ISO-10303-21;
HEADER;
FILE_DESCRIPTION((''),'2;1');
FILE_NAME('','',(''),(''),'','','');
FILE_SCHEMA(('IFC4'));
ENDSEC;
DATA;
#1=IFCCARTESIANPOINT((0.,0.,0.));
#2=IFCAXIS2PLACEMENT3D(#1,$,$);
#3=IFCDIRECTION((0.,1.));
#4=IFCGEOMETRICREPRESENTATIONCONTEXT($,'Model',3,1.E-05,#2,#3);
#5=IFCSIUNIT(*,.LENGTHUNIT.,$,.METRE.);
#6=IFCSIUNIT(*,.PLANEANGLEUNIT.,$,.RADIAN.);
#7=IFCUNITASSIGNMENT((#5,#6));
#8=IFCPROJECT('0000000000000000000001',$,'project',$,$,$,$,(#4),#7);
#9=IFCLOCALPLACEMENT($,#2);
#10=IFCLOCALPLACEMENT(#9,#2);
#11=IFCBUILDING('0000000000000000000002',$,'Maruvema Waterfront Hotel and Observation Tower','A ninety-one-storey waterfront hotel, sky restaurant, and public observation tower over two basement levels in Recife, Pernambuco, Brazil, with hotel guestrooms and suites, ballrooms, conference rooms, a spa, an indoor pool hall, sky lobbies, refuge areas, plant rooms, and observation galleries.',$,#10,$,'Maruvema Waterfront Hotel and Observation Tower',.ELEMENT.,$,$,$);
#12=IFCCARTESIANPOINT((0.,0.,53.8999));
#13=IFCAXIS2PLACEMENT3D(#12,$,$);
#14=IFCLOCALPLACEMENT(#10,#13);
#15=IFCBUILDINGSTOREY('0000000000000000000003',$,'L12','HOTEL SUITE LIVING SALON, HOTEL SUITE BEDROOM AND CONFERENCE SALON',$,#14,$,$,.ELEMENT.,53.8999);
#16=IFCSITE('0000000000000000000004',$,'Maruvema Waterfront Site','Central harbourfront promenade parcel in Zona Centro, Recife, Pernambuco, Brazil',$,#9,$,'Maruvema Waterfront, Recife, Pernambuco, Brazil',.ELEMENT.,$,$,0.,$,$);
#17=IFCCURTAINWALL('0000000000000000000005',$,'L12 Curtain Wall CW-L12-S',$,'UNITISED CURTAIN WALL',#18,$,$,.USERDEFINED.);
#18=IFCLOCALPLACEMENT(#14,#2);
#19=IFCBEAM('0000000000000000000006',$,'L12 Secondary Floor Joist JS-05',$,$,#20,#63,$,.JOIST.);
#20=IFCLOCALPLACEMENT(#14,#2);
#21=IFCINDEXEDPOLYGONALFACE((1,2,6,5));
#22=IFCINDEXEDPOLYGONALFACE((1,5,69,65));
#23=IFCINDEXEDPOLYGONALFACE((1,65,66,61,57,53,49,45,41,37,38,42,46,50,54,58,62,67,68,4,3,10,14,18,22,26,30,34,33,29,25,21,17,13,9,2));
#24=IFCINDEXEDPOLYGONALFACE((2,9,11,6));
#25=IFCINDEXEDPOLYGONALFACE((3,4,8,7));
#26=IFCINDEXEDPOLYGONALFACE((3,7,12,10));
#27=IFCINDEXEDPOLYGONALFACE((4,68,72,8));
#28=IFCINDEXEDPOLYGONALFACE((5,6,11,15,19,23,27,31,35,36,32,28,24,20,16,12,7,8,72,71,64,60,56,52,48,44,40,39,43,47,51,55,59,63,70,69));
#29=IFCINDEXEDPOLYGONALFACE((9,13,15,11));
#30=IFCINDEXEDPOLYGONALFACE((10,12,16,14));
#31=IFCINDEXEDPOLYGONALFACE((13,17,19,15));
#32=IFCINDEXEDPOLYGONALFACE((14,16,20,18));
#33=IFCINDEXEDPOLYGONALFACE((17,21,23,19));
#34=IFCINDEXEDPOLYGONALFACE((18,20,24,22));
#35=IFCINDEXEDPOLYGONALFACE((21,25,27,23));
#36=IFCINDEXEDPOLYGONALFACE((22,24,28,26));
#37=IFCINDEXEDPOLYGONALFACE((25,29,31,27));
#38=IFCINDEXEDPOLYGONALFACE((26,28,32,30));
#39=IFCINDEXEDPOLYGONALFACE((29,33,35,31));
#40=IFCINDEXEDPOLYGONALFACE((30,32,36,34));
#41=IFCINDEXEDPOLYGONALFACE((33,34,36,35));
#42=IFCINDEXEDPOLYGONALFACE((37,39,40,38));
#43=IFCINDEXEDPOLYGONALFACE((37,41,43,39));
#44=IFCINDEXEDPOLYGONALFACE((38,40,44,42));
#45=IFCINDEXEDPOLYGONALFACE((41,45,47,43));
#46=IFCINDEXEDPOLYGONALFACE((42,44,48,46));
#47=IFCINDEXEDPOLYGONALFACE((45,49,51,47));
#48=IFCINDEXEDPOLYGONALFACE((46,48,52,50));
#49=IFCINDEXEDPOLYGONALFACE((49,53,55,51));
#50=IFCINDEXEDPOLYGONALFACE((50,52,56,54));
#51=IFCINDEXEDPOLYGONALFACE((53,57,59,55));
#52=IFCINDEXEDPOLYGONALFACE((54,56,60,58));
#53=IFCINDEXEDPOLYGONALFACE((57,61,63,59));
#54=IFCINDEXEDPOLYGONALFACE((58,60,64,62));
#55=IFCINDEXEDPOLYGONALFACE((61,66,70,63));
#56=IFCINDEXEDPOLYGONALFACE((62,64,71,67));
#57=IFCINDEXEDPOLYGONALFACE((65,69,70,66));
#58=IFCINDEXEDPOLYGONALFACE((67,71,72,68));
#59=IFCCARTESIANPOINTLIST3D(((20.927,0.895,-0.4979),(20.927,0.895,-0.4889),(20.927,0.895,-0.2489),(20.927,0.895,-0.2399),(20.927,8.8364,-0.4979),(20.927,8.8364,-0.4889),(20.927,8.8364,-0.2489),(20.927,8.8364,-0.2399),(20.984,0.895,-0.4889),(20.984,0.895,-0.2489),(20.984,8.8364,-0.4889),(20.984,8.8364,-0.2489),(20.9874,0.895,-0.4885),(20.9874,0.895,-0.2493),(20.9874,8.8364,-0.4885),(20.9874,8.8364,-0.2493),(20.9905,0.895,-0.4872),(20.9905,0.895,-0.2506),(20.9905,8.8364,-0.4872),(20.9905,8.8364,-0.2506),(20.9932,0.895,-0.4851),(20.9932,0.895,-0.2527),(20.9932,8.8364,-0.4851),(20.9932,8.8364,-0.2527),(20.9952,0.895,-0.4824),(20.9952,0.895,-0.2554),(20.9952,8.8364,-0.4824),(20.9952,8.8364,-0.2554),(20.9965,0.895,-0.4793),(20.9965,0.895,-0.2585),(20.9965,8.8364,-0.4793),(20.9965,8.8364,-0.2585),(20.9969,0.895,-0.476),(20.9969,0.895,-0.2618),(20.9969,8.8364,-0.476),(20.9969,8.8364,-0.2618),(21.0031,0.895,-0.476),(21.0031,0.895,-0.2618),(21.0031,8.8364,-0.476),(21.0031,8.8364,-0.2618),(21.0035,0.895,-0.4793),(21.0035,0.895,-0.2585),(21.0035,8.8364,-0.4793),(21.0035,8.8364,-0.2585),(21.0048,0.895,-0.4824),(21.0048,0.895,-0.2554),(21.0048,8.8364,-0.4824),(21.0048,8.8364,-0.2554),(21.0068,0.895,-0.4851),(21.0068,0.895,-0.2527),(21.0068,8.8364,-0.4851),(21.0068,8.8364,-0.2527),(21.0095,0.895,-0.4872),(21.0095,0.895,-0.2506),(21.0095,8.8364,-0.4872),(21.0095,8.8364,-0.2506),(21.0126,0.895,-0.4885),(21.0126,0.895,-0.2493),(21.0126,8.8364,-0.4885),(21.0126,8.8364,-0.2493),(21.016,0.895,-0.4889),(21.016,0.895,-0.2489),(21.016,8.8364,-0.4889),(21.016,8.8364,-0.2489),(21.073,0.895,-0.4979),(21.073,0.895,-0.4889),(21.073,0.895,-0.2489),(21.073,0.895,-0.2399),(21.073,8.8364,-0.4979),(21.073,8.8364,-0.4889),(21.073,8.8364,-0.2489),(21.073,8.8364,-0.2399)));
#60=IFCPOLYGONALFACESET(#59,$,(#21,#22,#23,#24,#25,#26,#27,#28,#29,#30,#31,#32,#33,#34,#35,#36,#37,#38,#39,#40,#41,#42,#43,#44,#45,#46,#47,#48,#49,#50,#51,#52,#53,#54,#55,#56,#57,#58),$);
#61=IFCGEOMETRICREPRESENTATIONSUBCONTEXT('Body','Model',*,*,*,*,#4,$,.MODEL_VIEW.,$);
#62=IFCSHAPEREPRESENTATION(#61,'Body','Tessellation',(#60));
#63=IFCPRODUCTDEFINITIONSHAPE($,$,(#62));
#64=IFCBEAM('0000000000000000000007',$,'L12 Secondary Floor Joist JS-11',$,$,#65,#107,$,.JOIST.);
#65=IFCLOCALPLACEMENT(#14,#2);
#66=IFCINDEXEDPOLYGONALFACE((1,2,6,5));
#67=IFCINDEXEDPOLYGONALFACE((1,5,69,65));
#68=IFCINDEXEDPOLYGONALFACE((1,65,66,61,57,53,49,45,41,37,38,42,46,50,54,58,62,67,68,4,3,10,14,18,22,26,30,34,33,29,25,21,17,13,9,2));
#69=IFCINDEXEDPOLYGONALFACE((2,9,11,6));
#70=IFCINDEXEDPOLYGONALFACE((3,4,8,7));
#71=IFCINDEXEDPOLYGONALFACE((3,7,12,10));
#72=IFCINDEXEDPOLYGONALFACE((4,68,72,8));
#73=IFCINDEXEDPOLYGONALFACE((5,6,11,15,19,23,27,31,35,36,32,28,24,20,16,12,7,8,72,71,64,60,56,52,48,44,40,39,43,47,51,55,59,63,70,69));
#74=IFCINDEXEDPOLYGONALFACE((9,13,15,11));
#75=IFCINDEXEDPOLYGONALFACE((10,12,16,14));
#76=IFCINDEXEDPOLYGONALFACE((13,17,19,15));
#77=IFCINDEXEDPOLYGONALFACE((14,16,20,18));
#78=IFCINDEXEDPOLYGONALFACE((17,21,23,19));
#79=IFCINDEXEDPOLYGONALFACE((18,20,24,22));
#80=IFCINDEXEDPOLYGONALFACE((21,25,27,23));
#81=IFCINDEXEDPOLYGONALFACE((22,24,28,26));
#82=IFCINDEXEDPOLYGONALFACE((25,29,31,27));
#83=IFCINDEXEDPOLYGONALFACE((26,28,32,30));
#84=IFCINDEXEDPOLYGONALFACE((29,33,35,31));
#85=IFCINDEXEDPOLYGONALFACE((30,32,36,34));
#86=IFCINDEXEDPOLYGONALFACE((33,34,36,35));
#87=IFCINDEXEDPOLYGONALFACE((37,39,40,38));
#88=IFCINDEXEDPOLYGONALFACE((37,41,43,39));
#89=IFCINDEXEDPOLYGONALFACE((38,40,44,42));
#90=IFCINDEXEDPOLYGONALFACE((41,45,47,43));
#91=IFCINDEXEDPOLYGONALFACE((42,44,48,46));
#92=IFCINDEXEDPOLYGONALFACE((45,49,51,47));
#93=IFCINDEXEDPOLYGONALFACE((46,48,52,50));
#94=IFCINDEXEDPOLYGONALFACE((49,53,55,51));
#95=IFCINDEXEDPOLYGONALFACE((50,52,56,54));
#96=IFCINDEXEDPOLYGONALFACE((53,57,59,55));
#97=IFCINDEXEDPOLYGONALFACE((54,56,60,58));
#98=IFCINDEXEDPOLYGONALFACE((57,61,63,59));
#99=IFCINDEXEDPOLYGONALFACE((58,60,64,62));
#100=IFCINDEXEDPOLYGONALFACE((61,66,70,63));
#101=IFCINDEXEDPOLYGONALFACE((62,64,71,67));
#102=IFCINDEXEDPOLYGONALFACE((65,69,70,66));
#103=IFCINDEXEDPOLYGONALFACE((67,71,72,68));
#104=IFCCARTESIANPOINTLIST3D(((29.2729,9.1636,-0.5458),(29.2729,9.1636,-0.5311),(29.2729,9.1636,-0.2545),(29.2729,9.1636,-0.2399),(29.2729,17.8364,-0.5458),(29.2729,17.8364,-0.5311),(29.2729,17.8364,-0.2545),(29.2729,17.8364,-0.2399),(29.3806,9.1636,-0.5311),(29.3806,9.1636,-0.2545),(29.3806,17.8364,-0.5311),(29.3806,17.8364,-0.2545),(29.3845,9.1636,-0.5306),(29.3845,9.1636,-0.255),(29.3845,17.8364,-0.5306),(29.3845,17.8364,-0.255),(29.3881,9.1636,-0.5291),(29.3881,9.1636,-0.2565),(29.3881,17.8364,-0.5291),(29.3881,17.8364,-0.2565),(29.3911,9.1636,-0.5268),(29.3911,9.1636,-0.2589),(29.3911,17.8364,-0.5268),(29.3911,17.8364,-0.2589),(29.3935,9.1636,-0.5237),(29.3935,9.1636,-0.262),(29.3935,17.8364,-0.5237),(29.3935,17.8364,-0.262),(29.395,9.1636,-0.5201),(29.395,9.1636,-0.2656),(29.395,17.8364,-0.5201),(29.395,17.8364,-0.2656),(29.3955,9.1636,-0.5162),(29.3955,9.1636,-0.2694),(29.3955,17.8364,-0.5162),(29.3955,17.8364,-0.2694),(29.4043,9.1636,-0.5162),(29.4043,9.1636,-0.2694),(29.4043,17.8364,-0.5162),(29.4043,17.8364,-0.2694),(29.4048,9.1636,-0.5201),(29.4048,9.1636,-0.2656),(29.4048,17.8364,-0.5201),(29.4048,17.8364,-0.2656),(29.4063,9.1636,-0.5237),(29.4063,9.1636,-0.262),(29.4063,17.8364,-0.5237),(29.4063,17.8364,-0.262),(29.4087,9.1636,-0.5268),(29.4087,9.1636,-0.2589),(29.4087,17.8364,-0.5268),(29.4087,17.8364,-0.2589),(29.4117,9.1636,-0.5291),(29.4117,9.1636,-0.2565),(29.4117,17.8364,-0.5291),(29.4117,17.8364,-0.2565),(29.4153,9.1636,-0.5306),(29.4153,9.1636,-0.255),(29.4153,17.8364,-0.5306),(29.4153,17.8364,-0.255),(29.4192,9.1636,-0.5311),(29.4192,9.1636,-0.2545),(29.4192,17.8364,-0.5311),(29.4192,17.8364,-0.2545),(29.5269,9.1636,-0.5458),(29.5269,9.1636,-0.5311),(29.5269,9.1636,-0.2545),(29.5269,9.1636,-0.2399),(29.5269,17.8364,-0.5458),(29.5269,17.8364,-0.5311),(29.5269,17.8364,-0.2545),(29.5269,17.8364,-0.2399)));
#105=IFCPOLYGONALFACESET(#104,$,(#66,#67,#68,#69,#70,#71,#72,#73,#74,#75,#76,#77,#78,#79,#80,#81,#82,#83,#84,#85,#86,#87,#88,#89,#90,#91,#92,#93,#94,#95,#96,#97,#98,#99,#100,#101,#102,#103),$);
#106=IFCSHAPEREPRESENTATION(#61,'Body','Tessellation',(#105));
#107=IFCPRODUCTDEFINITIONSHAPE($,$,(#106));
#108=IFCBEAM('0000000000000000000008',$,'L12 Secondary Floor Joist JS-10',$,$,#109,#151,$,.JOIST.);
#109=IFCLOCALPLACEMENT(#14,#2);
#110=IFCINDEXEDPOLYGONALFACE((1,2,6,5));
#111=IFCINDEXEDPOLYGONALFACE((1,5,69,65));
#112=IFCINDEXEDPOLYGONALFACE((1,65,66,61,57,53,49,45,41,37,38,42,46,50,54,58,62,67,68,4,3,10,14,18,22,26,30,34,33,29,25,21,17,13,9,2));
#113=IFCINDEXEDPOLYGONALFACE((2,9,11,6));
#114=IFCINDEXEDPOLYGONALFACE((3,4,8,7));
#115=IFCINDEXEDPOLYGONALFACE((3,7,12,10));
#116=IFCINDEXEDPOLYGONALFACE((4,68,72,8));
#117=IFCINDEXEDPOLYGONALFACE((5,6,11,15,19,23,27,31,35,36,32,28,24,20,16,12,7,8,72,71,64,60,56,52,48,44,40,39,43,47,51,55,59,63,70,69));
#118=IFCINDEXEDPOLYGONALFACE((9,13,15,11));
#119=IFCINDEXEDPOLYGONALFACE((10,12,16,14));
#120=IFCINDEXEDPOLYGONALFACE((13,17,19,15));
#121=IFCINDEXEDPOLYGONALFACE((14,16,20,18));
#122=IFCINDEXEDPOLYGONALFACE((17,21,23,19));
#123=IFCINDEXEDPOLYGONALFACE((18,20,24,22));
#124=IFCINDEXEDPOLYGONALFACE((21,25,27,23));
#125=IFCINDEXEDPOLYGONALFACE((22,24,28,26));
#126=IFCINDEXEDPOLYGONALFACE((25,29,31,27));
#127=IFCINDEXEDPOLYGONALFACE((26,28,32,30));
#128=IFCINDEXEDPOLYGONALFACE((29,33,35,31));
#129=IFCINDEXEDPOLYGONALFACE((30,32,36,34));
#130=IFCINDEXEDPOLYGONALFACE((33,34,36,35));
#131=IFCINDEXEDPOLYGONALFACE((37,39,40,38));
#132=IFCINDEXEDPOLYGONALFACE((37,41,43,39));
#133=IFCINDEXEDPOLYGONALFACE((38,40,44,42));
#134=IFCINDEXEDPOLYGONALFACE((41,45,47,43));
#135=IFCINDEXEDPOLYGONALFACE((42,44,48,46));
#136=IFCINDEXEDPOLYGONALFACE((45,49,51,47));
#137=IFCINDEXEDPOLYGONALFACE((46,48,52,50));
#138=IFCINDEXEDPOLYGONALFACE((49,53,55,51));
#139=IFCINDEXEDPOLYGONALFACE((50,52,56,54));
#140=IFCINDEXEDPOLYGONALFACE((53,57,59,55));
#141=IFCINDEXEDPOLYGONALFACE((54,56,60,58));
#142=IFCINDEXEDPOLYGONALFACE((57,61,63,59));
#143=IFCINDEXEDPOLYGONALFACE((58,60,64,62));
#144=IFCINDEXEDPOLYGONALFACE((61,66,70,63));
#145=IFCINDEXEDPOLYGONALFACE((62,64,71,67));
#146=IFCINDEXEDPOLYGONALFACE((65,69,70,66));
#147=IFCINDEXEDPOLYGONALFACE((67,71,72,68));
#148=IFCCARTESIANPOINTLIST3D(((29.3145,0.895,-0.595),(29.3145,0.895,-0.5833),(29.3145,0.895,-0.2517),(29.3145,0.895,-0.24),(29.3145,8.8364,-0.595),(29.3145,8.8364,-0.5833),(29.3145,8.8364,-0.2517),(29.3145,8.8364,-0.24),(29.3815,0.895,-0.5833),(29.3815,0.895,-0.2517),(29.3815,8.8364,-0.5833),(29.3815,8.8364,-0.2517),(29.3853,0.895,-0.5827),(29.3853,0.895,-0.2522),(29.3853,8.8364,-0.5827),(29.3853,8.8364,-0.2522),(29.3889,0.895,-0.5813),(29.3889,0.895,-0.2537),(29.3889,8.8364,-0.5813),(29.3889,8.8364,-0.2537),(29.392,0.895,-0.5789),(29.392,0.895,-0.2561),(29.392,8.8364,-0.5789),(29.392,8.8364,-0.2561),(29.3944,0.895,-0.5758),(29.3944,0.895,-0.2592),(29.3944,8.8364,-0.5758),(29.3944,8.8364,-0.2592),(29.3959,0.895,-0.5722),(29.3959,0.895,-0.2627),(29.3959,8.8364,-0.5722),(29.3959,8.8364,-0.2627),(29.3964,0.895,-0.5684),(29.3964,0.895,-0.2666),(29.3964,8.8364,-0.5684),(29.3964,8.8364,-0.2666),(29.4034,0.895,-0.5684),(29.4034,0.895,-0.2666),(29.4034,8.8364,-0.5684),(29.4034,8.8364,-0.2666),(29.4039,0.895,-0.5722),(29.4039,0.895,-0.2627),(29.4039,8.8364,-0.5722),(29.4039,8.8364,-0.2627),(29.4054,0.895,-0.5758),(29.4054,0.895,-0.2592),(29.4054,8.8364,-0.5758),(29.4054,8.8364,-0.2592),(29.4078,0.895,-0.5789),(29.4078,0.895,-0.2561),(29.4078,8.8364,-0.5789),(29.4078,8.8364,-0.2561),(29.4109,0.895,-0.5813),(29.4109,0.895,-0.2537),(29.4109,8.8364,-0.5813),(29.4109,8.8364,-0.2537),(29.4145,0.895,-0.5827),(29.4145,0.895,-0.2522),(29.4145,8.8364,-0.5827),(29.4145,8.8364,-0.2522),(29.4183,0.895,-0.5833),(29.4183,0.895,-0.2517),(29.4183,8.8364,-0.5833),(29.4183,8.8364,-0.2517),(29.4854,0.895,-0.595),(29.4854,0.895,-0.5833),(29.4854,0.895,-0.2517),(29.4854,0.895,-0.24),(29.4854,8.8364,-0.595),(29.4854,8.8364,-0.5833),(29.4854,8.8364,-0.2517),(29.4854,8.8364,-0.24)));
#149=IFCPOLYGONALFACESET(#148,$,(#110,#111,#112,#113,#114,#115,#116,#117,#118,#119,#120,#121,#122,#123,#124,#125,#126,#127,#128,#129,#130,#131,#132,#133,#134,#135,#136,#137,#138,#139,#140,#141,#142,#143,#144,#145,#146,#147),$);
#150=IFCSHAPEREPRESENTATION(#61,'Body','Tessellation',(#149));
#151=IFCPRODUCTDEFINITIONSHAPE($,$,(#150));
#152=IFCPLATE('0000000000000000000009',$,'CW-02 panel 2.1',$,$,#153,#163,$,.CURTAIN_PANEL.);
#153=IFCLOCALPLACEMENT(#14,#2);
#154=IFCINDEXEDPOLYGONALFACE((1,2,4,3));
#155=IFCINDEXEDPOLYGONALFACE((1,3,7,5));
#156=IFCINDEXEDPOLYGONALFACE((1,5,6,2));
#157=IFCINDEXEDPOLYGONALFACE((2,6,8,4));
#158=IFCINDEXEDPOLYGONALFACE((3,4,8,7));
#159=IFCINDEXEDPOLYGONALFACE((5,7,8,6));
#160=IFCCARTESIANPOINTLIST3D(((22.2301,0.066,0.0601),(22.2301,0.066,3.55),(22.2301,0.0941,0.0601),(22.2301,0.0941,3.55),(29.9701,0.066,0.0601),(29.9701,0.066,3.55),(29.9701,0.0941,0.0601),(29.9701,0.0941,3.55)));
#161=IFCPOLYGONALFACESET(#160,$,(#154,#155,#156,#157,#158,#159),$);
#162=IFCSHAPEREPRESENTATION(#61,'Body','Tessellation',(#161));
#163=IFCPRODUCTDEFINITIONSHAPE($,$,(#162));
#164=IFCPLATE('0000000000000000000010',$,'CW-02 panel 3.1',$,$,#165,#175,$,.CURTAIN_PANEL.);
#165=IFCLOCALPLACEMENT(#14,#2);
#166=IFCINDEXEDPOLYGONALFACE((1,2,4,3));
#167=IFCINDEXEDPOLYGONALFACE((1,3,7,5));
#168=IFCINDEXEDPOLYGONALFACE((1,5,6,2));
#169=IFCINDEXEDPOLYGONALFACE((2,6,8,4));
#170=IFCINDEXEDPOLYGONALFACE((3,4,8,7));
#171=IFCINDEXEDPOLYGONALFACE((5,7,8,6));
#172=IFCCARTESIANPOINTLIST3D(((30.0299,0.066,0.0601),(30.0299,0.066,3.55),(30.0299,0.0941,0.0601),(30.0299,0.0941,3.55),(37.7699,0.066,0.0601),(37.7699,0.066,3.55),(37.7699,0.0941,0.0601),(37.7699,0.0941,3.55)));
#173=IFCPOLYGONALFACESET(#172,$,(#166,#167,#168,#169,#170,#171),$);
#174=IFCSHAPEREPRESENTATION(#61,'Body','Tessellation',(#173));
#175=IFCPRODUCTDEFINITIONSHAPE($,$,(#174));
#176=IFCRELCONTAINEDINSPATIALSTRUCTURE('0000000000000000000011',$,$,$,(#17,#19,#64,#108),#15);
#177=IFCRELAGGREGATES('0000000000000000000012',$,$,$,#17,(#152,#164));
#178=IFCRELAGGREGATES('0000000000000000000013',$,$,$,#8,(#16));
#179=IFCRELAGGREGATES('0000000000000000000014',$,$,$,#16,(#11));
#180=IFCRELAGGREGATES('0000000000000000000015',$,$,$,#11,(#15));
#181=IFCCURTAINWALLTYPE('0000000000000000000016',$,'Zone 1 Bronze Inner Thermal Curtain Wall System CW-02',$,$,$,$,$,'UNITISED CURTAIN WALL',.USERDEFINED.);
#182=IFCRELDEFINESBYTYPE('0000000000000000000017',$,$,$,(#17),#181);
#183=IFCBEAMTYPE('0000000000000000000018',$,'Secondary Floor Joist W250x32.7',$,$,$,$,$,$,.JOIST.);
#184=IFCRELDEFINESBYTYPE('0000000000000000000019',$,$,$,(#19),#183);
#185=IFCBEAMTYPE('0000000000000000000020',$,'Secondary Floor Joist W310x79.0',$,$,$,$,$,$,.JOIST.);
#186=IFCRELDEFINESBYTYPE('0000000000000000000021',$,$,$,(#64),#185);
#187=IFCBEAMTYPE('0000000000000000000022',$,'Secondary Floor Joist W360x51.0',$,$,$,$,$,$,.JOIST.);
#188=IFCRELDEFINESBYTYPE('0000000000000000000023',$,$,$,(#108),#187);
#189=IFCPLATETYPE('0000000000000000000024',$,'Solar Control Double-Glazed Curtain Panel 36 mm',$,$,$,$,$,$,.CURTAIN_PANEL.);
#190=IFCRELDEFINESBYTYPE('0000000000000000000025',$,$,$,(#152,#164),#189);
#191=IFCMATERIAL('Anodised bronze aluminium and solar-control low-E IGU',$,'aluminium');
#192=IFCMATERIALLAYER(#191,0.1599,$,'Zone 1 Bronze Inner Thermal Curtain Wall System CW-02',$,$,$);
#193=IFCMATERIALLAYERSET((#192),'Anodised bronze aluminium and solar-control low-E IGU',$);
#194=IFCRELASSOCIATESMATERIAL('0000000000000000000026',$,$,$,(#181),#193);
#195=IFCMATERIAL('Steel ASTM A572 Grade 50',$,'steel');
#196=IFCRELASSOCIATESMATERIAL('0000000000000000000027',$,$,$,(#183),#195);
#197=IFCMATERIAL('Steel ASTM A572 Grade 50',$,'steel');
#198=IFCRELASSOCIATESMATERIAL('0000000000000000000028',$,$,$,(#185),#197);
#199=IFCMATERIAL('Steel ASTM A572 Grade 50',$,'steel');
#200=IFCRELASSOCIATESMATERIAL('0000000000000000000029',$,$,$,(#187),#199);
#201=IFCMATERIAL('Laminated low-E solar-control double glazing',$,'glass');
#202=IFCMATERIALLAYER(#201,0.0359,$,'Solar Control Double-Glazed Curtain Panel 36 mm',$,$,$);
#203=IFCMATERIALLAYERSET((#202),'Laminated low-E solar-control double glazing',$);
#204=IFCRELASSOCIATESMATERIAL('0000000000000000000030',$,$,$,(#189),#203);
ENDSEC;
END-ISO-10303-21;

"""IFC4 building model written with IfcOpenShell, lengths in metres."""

from ifc_helpers import new_model, si_unit, direction, frame, origin, origin_2d, place, context, subcontext, project, spatial, rectangle, i_section, extrude, material, layer, layer_set, material_profile, profile_set, type_object, element, aggregate, save


model = new_model("IFC4")

# Units and contexts
model_context = context("Model", 3, precision=1e-05, world=origin(), true_north=direction((0.0, 1.0)))
body_context = subcontext(model_context, "Body", "Model", "MODEL_VIEW")
ifc_project = project(units=[si_unit("LENGTHUNIT", "METRE"), si_unit("PLANEANGLEUNIT", "RADIAN")], contexts=[model_context])

# Site, building, storey
site_placement = place(None, origin())
site = spatial("IfcSite", under=ifc_project, at=site_placement, Name="Maruvema Waterfront Site", Description="Central harbourfront promenade parcel in Zona Centro, Recife, Pernambuco, Brazil", LongName="Maruvema Waterfront, Recife, Pernambuco, Brazil", CompositionType="ELEMENT", RefElevation=0.0)
building_placement = place(site_placement, origin())
building = spatial("IfcBuilding", under=site, at=building_placement, Name="Maruvema Waterfront Hotel and Observation Tower", Description="A ninety-one-storey waterfront hotel, sky restaurant, and public observation tower over two basement levels in Recife, Pernambuco, Brazil, with hotel guestrooms and suites, ballrooms, conference rooms, a spa, an indoor pool hall, sky lobbies, refuge areas, plant rooms, and observation galleries.", LongName="Maruvema Waterfront Hotel and Observation Tower", CompositionType="ELEMENT")
storey_placement = place(building_placement, frame((0.0, 0.0, 53.8999)))
storey = spatial("IfcBuildingStorey", under=building, at=storey_placement, Name="L12", Description="HOTEL SUITE LIVING SALON, HOTEL SUITE BEDROOM AND CONFERENCE SALON", CompositionType="ELEMENT", Elevation=53.8999)

# Curtain wall
ifc_material_1 = material(Name="Anodised bronze aluminium and solar-control low-E IGU", Category="aluminium")
ifc_layer_1 = layer(ifc_material_1, 0.1599, Name="Zone 1 Bronze Inner Thermal Curtain Wall System CW-02")
ifc_layer_set_1 = layer_set([ifc_layer_1], Name="Anodised bronze aluminium and solar-control low-E IGU")
curtain_wall_type = type_object("IfcCurtainWallType", Name="Zone 1 Bronze Inner Thermal Curtain Wall System CW-02", ElementType="UNITISED CURTAIN WALL", PredefinedType="USERDEFINED", material=ifc_layer_set_1)
curtain_wall_placement = place(storey_placement, origin())
curtain_wall = element("IfcCurtainWall", 1, at=curtain_wall_placement, inside=storey, type_object=curtain_wall_type, Name="L12 Curtain Wall CW-L12-S", ObjectType="UNITISED CURTAIN WALL", PredefinedType="USERDEFINED")

# Beams
ifc_material_2 = material(Name="Steel ASTM A572 Grade 50", Category="steel")
ifc_material_profile_1 = material_profile(ifc_material_2, i_section(OverallWidth=0.146, OverallDepth=0.2581, WebThickness=0.0061, FlangeThickness=0.009, FilletRadius=0.0129, at=origin_2d()), Name="W250x32.7")
ifc_profile_set_1 = profile_set([ifc_material_profile_1], Name="Steel ASTM A572 Grade 50")
beam_type_1 = type_object("IfcBeamType", Name="Secondary Floor Joist W250x32.7", PredefinedType="JOIST", material=ifc_profile_set_1)
beam_1_placement = place(storey_placement, frame((21.0, 0.895, -0.3689), z_axis=(0.0, 1.0, 0.0), x_axis=(-1.0, 0.0, 0.0)))
element("IfcBeam", 2, at=beam_1_placement, inside=storey, type_object=beam_type_1, Name="L12 Secondary Floor Joist JS-05", PredefinedType="JOIST", context=body_context, shape_type="SweptSolid", body=[
    extrude(i_section(OverallWidth=0.146, OverallDepth=0.2581, WebThickness=0.0061, FlangeThickness=0.009, FilletRadius=0.0129, at=origin_2d()), origin(), (0.0, 0.0, 1.0), 7.9414),
])
ifc_material_3 = material(Name="Steel ASTM A572 Grade 50", Category="steel")
ifc_material_profile_2 = material_profile(ifc_material_3, i_section(OverallWidth=0.2539, OverallDepth=0.3059, WebThickness=0.0088, FlangeThickness=0.0146, FilletRadius=0.0149, at=origin_2d()), Name="W310x79.0")
ifc_profile_set_2 = profile_set([ifc_material_profile_2], Name="Steel ASTM A572 Grade 50")
beam_type_2 = type_object("IfcBeamType", Name="Secondary Floor Joist W310x79.0", PredefinedType="JOIST", material=ifc_profile_set_2)
beam_2_placement = place(storey_placement, frame((29.3999, 9.1636, -0.3928), z_axis=(0.0, 1.0, 0.0), x_axis=(-1.0, 0.0, 0.0)))
element("IfcBeam", 3, at=beam_2_placement, inside=storey, type_object=beam_type_2, Name="L12 Secondary Floor Joist JS-11", PredefinedType="JOIST", context=body_context, shape_type="SweptSolid", body=[
    extrude(i_section(OverallWidth=0.2539, OverallDepth=0.3059, WebThickness=0.0088, FlangeThickness=0.0146, FilletRadius=0.0149, at=origin_2d()), origin(), (0.0, 0.0, 1.0), 8.6729),
])
ifc_material_4 = material(Name="Steel ASTM A572 Grade 50", Category="steel")
ifc_material_profile_3 = material_profile(ifc_material_4, i_section(OverallWidth=0.1709, OverallDepth=0.355, WebThickness=0.0071, FlangeThickness=0.0117, FilletRadius=0.0149, at=origin_2d()), Name="W360x51.0")
ifc_profile_set_3 = profile_set([ifc_material_profile_3], Name="Steel ASTM A572 Grade 50")
beam_type_3 = type_object("IfcBeamType", Name="Secondary Floor Joist W360x51.0", PredefinedType="JOIST", material=ifc_profile_set_3)
beam_3_placement = place(storey_placement, frame((29.3999, 0.895, -0.4175), z_axis=(0.0, 1.0, 0.0), x_axis=(-1.0, 0.0, 0.0)))
element("IfcBeam", 4, at=beam_3_placement, inside=storey, type_object=beam_type_3, Name="L12 Secondary Floor Joist JS-10", PredefinedType="JOIST", context=body_context, shape_type="SweptSolid", body=[
    extrude(i_section(OverallWidth=0.1709, OverallDepth=0.355, WebThickness=0.0071, FlangeThickness=0.0117, FilletRadius=0.0149, at=origin_2d()), origin(), (0.0, 0.0, 1.0), 7.9414),
])

# Plates
ifc_material_5 = material(Name="Laminated low-E solar-control double glazing", Category="glass")
ifc_layer_2 = layer(ifc_material_5, 0.0359, Name="Solar Control Double-Glazed Curtain Panel 36 mm")
ifc_layer_set_2 = layer_set([ifc_layer_2], Name="Laminated low-E solar-control double glazing")
plate_type = type_object("IfcPlateType", Name="Solar Control Double-Glazed Curtain Panel 36 mm", PredefinedType="CURTAIN_PANEL", material=ifc_layer_set_2)
plate_1_placement = place(storey_placement, frame((26.1001, 0.0801, 0.0601), z_axis=(0.0, 0.0, 1.0), x_axis=(1.0, 0.0, 0.0)))
plate_1 = element("IfcPlate", 5, at=plate_1_placement, type_object=plate_type, Name="CW-02 panel 2.1", PredefinedType="CURTAIN_PANEL", context=body_context, shape_type="SweptSolid", body=[
    extrude(rectangle(XDim=7.74, YDim=0.0281, at=origin_2d()), origin(), (0.0, 0.0, 1.0), 3.49),
])
plate_2_placement = place(storey_placement, frame((33.8999, 0.0801, 0.0601), z_axis=(0.0, 0.0, 1.0), x_axis=(1.0, 0.0, 0.0)))
plate_2 = element("IfcPlate", 6, at=plate_2_placement, type_object=plate_type, Name="CW-02 panel 3.1", PredefinedType="CURTAIN_PANEL", context=body_context, shape_type="SweptSolid", body=[
    extrude(rectangle(XDim=7.74, YDim=0.0281, at=origin_2d()), origin(), (0.0, 0.0, 1.0), 3.49),
])
aggregate(curtain_wall, [plate_1, plate_2])

save(model, "model.ifc")
